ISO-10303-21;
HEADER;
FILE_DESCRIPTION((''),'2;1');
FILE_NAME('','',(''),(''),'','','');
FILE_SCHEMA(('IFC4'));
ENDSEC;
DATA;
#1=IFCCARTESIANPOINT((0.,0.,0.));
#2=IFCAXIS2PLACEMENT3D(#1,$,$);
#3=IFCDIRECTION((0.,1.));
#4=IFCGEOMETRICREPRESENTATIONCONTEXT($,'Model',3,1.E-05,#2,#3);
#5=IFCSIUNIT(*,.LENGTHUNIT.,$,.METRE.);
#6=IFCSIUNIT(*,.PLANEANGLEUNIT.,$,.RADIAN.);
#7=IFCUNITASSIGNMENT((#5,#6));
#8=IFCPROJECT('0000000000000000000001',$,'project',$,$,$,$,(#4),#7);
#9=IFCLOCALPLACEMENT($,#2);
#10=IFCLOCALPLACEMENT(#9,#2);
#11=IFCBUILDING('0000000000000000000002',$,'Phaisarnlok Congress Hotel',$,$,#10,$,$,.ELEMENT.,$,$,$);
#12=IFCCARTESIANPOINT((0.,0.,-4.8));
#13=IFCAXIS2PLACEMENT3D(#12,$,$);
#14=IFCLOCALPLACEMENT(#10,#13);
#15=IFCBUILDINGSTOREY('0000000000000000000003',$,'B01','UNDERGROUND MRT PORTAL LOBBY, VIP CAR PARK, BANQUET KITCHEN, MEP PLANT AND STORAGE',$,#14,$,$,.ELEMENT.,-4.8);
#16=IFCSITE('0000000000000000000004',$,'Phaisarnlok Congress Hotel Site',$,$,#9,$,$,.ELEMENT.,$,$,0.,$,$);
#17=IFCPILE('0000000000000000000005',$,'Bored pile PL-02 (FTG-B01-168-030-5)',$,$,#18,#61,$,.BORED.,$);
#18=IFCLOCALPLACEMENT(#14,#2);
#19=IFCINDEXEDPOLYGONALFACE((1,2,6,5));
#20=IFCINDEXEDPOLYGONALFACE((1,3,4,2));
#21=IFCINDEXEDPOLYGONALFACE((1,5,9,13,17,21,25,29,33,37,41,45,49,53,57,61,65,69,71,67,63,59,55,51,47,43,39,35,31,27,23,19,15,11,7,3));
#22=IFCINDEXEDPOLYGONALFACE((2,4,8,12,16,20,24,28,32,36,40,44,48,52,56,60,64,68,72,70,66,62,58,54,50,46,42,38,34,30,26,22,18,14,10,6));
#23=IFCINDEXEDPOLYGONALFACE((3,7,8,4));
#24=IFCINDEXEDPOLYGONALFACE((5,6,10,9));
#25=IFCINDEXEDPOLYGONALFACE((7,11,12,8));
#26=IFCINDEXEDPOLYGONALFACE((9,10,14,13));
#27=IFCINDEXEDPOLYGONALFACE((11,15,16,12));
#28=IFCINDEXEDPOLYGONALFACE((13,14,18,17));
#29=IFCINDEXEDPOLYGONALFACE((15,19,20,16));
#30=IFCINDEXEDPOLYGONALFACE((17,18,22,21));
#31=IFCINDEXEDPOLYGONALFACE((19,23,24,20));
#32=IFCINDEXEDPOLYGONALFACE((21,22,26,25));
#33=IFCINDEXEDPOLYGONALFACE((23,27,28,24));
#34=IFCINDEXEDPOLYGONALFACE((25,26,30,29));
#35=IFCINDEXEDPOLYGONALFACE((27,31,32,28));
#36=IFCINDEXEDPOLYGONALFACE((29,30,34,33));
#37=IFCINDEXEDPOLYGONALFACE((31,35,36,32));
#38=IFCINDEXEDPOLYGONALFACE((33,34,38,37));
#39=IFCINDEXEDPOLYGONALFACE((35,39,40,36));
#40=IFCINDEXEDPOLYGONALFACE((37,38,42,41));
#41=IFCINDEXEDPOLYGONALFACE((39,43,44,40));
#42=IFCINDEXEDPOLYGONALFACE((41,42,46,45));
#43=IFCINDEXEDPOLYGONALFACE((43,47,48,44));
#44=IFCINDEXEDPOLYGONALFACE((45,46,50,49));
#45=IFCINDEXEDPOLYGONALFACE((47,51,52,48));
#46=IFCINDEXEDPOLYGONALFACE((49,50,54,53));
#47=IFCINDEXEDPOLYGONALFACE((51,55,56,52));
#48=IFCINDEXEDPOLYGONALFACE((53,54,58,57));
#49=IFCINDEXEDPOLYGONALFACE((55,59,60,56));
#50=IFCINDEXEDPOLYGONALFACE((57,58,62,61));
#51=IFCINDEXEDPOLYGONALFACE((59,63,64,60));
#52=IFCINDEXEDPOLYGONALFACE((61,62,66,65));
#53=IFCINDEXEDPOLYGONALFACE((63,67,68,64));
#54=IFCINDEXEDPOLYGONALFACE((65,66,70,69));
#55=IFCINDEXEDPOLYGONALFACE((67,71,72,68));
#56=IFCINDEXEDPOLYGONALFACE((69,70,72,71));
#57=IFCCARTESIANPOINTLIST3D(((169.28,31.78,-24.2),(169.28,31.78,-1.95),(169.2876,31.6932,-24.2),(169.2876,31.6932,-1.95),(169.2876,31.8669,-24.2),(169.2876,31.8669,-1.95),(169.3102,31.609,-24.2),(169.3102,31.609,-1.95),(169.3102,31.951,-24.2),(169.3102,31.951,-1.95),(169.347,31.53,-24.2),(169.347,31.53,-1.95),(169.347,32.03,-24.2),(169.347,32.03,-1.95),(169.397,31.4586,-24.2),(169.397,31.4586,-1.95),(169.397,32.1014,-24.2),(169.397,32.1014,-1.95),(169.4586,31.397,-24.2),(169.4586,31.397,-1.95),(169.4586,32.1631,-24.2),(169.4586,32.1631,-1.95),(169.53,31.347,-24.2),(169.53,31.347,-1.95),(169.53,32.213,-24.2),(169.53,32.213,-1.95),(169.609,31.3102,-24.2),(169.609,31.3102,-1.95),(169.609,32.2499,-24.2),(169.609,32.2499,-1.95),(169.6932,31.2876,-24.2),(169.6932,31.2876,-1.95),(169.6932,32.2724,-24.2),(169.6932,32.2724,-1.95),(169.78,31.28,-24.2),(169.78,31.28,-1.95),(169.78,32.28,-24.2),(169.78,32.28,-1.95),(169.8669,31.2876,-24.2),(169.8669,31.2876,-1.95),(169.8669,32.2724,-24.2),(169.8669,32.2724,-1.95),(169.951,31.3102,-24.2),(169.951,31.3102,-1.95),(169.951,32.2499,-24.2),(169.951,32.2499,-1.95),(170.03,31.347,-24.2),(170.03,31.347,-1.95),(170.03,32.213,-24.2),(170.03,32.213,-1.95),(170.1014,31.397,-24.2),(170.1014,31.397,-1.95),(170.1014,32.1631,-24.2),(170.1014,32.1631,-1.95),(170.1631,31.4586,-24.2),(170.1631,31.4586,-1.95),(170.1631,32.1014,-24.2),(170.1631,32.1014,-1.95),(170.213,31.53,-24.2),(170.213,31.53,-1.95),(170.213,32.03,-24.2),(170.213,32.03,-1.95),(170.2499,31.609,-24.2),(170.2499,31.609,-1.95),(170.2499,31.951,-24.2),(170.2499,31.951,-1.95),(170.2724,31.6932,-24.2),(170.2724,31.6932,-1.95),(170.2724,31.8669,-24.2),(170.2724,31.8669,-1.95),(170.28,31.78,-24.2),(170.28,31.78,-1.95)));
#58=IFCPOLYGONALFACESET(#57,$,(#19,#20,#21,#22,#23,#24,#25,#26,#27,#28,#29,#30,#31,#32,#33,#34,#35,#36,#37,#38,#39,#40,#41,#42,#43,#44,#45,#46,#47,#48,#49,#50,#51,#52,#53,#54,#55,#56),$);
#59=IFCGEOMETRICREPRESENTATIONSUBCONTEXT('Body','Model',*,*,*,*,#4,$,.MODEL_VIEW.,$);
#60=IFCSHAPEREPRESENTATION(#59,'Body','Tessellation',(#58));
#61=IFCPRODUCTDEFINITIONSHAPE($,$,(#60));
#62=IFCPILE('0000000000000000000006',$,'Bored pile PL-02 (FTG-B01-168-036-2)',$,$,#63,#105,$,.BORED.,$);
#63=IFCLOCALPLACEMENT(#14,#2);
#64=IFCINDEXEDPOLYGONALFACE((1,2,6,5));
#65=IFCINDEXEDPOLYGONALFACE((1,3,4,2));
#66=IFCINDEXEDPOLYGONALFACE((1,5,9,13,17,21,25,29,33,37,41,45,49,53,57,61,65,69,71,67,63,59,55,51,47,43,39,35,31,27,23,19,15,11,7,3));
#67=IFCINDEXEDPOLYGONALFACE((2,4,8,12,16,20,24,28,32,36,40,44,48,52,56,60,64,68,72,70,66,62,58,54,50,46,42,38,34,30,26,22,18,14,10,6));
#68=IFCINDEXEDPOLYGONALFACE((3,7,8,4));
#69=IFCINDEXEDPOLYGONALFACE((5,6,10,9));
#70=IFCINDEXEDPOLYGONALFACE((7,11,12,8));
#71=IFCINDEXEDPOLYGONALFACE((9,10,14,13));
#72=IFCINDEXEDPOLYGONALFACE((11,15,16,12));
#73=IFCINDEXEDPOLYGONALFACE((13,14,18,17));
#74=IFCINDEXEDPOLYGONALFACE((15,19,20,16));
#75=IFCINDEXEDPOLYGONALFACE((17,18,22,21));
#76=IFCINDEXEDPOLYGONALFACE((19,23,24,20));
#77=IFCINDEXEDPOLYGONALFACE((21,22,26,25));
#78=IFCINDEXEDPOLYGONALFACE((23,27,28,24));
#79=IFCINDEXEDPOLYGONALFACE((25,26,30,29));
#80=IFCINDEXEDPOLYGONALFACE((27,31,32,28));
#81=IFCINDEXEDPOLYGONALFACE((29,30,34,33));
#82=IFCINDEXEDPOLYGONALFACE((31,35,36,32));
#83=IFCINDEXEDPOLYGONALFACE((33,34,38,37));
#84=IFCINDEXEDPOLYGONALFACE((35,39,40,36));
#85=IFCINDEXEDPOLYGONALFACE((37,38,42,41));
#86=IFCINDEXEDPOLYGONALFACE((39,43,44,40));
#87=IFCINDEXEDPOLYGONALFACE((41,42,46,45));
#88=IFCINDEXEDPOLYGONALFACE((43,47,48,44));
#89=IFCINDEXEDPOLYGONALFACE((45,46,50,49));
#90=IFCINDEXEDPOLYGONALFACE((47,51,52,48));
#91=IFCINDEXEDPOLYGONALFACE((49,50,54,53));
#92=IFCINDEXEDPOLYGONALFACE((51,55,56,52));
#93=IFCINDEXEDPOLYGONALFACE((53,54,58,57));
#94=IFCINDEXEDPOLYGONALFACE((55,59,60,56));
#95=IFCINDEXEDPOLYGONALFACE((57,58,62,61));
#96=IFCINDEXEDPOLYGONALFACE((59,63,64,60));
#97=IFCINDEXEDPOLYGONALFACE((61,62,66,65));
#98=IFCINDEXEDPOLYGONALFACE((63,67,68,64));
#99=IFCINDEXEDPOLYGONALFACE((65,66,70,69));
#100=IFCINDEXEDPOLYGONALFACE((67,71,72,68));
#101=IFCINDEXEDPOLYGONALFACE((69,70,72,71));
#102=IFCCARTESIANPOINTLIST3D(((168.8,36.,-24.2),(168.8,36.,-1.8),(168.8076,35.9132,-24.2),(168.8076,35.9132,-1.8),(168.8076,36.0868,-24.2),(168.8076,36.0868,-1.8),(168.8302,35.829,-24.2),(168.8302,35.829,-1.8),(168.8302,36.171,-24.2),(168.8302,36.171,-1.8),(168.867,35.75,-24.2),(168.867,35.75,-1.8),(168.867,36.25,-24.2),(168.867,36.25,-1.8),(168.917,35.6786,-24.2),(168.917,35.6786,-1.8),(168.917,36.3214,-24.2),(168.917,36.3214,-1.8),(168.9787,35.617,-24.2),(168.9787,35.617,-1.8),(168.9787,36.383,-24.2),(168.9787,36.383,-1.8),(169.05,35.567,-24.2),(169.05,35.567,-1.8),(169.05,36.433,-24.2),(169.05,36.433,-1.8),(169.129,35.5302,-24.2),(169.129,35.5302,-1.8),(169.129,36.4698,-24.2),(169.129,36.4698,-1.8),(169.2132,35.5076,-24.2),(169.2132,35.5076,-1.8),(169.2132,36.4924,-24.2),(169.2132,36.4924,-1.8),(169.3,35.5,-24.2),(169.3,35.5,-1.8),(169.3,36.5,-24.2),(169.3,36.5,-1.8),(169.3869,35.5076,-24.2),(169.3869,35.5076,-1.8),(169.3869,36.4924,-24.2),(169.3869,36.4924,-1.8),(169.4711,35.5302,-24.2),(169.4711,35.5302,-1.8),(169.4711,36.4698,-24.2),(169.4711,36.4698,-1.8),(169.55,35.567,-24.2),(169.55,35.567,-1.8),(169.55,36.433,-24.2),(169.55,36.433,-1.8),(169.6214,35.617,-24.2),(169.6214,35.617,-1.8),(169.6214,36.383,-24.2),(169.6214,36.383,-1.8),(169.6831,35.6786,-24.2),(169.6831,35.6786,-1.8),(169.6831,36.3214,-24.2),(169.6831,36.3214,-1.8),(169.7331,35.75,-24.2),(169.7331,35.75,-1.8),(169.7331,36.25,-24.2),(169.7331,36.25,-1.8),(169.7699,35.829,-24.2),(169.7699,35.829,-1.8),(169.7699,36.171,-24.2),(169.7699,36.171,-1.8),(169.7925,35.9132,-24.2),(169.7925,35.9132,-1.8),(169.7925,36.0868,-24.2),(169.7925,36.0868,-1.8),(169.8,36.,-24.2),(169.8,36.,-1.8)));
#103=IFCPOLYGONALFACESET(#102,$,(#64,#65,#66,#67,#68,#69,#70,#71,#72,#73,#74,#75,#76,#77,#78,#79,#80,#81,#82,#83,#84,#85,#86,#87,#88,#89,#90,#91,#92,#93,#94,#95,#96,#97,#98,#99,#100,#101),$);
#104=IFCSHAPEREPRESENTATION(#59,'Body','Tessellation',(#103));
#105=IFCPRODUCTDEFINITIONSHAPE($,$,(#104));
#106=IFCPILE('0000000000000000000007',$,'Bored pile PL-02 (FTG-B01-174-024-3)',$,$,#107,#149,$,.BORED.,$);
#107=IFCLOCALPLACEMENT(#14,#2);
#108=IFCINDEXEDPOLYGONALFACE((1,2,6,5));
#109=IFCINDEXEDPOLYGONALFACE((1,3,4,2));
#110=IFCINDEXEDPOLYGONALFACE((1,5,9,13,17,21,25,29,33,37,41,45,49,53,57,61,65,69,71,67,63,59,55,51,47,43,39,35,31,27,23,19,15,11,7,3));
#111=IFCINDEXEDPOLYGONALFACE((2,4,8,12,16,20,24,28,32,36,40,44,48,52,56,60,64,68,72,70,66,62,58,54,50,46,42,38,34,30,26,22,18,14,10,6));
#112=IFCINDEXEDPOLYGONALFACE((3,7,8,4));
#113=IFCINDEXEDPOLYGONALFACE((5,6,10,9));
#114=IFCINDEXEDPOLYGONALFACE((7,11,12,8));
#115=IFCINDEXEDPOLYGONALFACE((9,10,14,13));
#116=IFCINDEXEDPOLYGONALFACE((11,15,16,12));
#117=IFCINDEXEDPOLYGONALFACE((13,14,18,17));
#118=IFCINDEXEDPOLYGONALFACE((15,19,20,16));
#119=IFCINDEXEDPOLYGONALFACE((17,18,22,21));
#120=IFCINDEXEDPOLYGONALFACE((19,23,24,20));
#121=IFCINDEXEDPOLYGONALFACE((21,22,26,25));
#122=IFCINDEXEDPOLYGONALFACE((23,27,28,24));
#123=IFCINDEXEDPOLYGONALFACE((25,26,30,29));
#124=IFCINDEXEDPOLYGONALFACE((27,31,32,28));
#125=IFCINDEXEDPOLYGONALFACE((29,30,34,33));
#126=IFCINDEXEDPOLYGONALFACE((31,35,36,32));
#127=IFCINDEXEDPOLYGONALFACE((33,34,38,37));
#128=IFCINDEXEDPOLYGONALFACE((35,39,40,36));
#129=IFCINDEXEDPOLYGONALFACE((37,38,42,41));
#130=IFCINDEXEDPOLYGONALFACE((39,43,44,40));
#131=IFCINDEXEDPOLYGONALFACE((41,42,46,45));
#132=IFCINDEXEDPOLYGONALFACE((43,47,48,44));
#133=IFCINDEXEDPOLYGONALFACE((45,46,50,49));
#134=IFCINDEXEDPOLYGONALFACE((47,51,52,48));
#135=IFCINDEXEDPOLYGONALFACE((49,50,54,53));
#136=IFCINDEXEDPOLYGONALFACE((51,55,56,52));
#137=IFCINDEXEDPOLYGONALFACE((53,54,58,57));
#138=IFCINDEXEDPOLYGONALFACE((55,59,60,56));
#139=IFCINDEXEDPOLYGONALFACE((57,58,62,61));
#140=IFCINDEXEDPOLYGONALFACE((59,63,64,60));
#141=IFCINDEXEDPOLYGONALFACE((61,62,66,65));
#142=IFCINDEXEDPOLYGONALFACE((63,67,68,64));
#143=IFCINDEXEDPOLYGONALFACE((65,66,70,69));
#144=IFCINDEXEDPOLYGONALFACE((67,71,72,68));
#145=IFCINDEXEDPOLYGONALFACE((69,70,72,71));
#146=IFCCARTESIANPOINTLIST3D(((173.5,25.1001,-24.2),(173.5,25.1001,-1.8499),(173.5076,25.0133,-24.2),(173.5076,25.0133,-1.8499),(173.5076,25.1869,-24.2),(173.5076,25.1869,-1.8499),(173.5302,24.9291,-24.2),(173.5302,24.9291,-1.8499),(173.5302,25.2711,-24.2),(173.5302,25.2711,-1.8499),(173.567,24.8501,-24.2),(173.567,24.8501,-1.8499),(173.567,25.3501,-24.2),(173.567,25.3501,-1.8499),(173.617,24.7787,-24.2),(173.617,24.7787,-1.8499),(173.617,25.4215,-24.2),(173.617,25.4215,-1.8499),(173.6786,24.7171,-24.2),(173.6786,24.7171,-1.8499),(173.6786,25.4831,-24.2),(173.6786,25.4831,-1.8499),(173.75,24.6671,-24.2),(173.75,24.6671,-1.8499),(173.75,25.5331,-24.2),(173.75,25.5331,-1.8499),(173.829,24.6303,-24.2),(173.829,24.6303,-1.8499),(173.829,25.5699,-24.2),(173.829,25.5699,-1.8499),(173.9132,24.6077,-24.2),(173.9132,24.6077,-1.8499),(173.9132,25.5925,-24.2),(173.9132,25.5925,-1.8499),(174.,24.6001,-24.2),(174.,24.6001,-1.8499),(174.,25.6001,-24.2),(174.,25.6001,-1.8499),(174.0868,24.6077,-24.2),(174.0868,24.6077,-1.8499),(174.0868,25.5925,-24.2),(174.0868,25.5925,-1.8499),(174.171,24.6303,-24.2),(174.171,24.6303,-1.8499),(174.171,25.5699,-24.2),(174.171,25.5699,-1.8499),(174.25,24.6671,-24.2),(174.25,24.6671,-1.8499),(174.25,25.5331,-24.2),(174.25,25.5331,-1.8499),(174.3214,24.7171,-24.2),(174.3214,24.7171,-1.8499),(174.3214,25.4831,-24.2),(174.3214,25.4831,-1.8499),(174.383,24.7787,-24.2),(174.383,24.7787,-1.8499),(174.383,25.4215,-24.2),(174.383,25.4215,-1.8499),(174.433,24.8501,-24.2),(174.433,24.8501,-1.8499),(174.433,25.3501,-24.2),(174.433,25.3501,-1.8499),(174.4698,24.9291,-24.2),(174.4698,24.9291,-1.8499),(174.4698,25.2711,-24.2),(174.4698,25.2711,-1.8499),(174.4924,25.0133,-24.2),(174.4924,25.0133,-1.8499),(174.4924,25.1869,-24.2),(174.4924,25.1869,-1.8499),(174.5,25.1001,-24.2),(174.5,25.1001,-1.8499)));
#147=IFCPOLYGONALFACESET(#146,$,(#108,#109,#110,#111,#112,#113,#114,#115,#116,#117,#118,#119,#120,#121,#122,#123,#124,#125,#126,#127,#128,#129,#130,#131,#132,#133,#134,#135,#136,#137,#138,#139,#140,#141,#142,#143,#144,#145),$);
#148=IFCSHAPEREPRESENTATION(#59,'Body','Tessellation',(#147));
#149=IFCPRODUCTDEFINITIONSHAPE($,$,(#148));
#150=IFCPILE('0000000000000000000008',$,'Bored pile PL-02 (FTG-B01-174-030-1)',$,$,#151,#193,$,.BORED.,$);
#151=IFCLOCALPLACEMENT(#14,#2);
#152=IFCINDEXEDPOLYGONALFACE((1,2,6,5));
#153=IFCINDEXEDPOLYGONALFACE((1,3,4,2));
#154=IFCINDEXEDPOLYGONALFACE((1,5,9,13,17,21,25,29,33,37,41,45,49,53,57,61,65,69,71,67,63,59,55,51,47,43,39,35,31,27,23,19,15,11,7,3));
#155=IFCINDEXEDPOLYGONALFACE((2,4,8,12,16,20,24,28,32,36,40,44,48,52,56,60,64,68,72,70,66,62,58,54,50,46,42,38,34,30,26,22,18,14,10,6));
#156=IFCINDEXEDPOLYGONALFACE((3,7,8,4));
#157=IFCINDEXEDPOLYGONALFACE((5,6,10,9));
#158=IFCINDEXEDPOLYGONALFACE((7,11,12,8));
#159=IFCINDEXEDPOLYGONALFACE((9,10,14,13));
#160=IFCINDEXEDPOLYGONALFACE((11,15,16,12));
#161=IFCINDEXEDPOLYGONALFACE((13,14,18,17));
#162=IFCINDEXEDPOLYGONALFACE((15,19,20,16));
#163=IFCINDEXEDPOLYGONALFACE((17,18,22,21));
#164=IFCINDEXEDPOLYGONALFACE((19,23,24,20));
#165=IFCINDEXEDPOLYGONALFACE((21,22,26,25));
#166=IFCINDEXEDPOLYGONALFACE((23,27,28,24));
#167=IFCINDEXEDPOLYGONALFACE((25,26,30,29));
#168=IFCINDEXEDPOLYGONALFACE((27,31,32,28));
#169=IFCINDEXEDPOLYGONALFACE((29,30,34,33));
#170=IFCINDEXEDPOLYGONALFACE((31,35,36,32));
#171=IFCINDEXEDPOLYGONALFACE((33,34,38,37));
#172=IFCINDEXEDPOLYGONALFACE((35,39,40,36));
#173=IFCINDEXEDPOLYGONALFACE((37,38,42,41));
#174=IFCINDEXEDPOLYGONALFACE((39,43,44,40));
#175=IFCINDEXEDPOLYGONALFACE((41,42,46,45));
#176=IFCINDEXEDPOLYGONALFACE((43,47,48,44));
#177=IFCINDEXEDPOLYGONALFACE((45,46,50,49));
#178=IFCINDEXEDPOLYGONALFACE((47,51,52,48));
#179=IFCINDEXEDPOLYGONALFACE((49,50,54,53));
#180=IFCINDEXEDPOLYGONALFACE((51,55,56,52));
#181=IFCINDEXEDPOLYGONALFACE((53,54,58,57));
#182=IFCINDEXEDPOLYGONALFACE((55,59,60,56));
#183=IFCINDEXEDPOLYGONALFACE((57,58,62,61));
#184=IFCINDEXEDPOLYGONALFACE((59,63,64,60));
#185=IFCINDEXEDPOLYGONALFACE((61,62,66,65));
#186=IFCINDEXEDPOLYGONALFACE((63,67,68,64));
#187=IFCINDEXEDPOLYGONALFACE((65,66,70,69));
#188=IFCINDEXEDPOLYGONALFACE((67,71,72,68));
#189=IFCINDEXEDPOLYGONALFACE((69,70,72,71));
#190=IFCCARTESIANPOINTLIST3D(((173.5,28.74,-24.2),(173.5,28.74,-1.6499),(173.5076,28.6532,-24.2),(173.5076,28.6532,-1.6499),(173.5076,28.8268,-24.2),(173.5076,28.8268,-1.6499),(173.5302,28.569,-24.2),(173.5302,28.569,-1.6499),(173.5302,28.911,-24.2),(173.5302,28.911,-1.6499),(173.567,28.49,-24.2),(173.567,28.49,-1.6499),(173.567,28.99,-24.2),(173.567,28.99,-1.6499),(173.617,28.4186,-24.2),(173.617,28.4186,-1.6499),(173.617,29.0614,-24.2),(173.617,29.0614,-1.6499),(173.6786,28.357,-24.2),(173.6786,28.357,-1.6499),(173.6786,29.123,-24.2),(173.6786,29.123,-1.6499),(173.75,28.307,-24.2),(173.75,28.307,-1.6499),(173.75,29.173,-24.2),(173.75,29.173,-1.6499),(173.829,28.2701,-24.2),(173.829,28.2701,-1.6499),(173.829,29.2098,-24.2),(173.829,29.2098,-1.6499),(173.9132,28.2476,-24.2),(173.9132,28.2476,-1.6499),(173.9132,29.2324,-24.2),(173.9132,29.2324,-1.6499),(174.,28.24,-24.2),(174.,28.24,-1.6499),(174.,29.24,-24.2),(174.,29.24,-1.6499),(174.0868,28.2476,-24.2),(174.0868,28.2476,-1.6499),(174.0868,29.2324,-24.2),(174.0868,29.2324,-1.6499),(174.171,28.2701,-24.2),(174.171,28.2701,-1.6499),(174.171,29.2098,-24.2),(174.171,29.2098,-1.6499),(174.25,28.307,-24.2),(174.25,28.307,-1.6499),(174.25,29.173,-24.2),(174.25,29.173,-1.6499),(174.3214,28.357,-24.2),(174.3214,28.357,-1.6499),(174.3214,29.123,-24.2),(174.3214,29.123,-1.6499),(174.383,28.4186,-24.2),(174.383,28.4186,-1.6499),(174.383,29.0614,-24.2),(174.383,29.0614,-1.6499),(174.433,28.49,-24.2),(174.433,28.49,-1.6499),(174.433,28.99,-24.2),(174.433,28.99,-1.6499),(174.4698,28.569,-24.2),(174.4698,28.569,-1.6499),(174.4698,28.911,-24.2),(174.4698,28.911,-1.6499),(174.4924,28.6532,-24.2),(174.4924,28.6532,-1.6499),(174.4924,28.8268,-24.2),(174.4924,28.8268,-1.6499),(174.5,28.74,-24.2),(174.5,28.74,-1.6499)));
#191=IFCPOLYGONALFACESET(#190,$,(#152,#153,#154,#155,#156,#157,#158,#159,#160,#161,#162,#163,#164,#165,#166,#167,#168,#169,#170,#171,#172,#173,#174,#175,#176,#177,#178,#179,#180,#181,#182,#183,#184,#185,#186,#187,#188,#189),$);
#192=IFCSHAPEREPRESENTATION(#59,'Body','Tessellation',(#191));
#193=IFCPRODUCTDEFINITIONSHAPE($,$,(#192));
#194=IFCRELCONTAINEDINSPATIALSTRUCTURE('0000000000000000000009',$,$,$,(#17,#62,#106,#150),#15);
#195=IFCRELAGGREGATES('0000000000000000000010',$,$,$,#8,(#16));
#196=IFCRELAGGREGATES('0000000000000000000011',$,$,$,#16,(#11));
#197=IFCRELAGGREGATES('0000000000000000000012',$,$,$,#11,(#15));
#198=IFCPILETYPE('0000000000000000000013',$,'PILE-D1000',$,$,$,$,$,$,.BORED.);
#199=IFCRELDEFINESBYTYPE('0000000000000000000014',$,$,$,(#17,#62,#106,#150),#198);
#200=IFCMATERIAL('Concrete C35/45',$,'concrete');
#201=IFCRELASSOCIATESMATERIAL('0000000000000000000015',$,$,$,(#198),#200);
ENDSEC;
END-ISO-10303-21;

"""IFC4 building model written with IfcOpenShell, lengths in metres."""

from ifc_helpers import new_model, si_unit, direction, frame, origin, origin_2d, place, context, subcontext, project, spatial, circle, extrude, material, material_profile, profile_set, type_object, element, save


model = new_model("IFC4")

# Units and contexts
model_context = context("Model", 3, precision=1e-05, world=origin(), true_north=direction((0.0, 1.0)))
body_context = subcontext(model_context, "Body", "Model", "MODEL_VIEW")
ifc_project = project(units=[si_unit("LENGTHUNIT", "METRE"), si_unit("PLANEANGLEUNIT", "RADIAN")], contexts=[model_context])

# Site, building, storey
site_placement = place(None, origin())
site = spatial("IfcSite", under=ifc_project, at=site_placement, Name="Phaisarnlok Congress Hotel Site", CompositionType="ELEMENT", RefElevation=0.0)
building_placement = place(site_placement, origin())
building = spatial("IfcBuilding", under=site, at=building_placement, Name="Phaisarnlok Congress Hotel", CompositionType="ELEMENT")
storey_placement = place(building_placement, frame((0.0, 0.0, -4.8)))
storey = spatial("IfcBuildingStorey", under=building, at=storey_placement, Name="B01", Description="UNDERGROUND MRT PORTAL LOBBY, VIP CAR PARK, BANQUET KITCHEN, MEP PLANT AND STORAGE", CompositionType="ELEMENT", Elevation=-4.8)

# Piles
ifc_material_1 = material(Name="Concrete C35/45", Category="concrete")
ifc_material_profile_1 = material_profile(ifc_material_1, circle(Radius=0.5, at=origin_2d()), Name="BORED PILE D1000")
ifc_profile_set_1 = profile_set([ifc_material_profile_1], Name="Concrete C35/45")
pile_type_1 = type_object("IfcPileType", Name="PILE-D1000", PredefinedType="BORED", material=ifc_profile_set_1)
for number, where, z_axis, x_axis, name in (
    (1, (169.78, 31.78, -1.95), (0.0, 0.0, -1.0), (1.0, 0.0, 0.0), "Bored pile PL-02 (FTG-B01-168-030-5)"),
):
    element("IfcPile", number, at=place(storey_placement, frame(where, z_axis=z_axis, x_axis=x_axis)), inside=storey, type_object=pile_type_1, Name=name, PredefinedType="BORED", context=body_context, shape_type="SweptSolid", body=[
        extrude(circle(Radius=0.5, at=origin_2d()), origin(), (0.0, 0.0, 1.0), 22.25),
    ])
pile_1_placement = place(storey_placement, frame((169.3, 36.0, -1.8), z_axis=(0.0, 0.0, -1.0), x_axis=(1.0, 0.0, 0.0)))
element("IfcPile", 2, at=pile_1_placement, inside=storey, type_object=pile_type_1, Name="Bored pile PL-02 (FTG-B01-168-036-2)", PredefinedType="BORED", context=body_context, shape_type="SweptSolid", body=[
    extrude(circle(Radius=0.5, at=origin_2d()), origin(), (0.0, 0.0, 1.0), 22.3999),
])
pile_2_placement = place(storey_placement, frame((174.0, 25.1001, -1.8499), z_axis=(0.0, 0.0, -1.0), x_axis=(1.0, 0.0, 0.0)))
element("IfcPile", 3, at=pile_2_placement, inside=storey, type_object=pile_type_1, Name="Bored pile PL-02 (FTG-B01-174-024-3)", PredefinedType="BORED", context=body_context, shape_type="SweptSolid", body=[
    extrude(circle(Radius=0.5, at=origin_2d()), origin(), (0.0, 0.0, 1.0), 22.3501),
])
for number, where, z_axis, x_axis, name in (
    (4, (174.0, 28.74, -1.6499), (0.0, 0.0, -1.0), (1.0, 0.0, 0.0), "Bored pile PL-02 (FTG-B01-174-030-1)"),
):
    element("IfcPile", number, at=place(storey_placement, frame(where, z_axis=z_axis, x_axis=x_axis)), inside=storey, type_object=pile_type_1, Name=name, PredefinedType="BORED", context=body_context, shape_type="SweptSolid", body=[
        extrude(circle(Radius=0.5, at=origin_2d()), origin(), (0.0, 0.0, 1.0), 22.55),
    ])

save(model, "model.ifc")
